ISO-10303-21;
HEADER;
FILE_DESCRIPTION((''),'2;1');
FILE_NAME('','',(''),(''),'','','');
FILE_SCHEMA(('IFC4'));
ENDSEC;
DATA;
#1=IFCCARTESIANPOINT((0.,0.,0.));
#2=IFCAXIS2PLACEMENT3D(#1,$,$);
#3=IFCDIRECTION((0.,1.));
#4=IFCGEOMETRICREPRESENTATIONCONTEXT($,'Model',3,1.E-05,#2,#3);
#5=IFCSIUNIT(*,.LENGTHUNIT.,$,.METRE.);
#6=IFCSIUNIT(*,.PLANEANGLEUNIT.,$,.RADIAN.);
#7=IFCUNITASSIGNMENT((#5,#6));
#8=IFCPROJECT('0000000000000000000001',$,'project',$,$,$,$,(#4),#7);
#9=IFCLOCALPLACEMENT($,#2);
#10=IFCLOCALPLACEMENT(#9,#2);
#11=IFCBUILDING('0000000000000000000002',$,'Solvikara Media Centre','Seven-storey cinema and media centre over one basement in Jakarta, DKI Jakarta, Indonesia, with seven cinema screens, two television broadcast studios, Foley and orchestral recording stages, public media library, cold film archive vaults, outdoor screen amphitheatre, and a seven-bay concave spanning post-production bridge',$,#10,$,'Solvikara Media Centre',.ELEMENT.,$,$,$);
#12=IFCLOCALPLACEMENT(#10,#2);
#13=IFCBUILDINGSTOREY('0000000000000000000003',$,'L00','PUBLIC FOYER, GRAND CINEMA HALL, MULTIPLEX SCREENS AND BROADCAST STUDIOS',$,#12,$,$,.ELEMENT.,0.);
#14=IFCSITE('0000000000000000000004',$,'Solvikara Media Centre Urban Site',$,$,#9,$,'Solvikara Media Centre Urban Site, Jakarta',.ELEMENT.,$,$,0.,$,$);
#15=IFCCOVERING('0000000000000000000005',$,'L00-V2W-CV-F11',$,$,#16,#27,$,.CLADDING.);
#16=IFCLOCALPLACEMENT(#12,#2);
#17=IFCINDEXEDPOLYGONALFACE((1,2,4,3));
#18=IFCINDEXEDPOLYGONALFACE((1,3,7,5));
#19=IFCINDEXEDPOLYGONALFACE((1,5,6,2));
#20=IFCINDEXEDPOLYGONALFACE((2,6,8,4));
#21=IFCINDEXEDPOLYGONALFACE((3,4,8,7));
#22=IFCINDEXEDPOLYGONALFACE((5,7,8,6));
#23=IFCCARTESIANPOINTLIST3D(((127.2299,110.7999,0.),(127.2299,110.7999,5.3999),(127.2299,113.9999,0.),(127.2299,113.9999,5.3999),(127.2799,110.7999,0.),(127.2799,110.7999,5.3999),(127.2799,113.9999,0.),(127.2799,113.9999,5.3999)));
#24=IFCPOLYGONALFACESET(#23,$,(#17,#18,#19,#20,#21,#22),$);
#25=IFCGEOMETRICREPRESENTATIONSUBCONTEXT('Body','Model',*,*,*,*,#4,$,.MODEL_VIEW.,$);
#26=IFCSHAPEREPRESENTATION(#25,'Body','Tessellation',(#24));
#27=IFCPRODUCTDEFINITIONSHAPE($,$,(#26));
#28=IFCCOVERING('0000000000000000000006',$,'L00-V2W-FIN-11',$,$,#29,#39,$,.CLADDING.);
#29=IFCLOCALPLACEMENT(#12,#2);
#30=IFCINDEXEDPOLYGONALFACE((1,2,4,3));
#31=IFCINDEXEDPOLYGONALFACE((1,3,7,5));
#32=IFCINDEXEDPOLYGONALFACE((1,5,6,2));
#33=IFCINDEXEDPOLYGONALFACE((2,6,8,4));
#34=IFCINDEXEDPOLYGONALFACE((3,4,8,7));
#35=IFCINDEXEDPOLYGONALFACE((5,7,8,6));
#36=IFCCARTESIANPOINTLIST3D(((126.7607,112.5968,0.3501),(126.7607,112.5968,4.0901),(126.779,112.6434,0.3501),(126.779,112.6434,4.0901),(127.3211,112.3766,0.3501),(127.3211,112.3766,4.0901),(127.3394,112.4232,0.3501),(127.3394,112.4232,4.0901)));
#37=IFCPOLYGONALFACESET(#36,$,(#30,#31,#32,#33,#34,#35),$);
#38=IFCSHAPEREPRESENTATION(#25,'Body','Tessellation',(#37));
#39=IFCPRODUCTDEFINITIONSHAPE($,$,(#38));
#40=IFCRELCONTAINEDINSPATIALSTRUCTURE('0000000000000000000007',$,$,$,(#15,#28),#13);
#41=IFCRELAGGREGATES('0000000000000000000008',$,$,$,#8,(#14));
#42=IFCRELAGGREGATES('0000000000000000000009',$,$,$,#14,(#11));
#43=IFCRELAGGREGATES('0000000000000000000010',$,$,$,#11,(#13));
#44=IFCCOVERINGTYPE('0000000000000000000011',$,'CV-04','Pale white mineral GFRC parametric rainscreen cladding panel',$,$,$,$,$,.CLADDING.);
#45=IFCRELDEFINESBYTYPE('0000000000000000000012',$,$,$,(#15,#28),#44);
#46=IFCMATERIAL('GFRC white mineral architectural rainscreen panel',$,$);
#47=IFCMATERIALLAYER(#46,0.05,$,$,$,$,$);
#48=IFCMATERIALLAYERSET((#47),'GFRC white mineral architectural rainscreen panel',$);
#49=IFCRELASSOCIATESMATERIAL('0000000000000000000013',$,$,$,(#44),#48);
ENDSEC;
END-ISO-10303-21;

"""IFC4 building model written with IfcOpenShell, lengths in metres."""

from ifc_helpers import new_model, si_unit, direction, frame, origin, origin_2d, place, context, subcontext, project, spatial, rectangle, extrude, material, layer, layer_set, type_object, element, save


model = new_model("IFC4")

# Units and contexts
model_context = context("Model", 3, precision=1e-05, world=origin(), true_north=direction((0.0, 1.0)))
body_context = subcontext(model_context, "Body", "Model", "MODEL_VIEW")
ifc_project = project(units=[si_unit("LENGTHUNIT", "METRE"), si_unit("PLANEANGLEUNIT", "RADIAN")], contexts=[model_context])

# Site, building, storey
site_placement = place(None, origin())
site = spatial("IfcSite", under=ifc_project, at=site_placement, Name="Solvikara Media Centre Urban Site", LongName="Solvikara Media Centre Urban Site, Jakarta", CompositionType="ELEMENT", RefElevation=0.0)
building_placement = place(site_placement, origin())
building = spatial("IfcBuilding", under=site, at=building_placement, Name="Solvikara Media Centre", Description="Seven-storey cinema and media centre over one basement in Jakarta, DKI Jakarta, Indonesia, with seven cinema screens, two television broadcast studios, Foley and orchestral recording stages, public media library, cold film archive vaults, outdoor screen amphitheatre, and a seven-bay concave spanning post-production bridge", LongName="Solvikara Media Centre", CompositionType="ELEMENT")
storey_placement = place(building_placement, origin())
storey = spatial("IfcBuildingStorey", under=building, at=storey_placement, Name="L00", Description="PUBLIC FOYER, GRAND CINEMA HALL, MULTIPLEX SCREENS AND BROADCAST STUDIOS", CompositionType="ELEMENT", Elevation=0.0)

# Coverings
ifc_material_1 = material(Name="GFRC white mineral architectural rainscreen panel")
ifc_layer_1 = layer(ifc_material_1, 0.05)
ifc_layer_set_1 = layer_set([ifc_layer_1], Name="GFRC white mineral architectural rainscreen panel")
covering_type = type_object("IfcCoveringType", Name="CV-04", Description="Pale white mineral GFRC parametric rainscreen cladding panel", PredefinedType="CLADDING", material=ifc_layer_set_1)
covering_1_placement = place(storey_placement, frame((127.2549, 112.3999, 0.0), z_axis=(0.0, 0.0, 1.0), x_axis=(0.0, 1.0, 0.0)))
element("IfcCovering", 1, at=covering_1_placement, inside=storey, type_object=covering_type, Name="L00-V2W-CV-F11", PredefinedType="CLADDING", context=body_context, shape_type="SweptSolid", body=[
    extrude(rectangle(XDim=3.2, YDim=0.05, at=origin_2d()), origin(), (0.0, 0.0, 1.0), 5.3999),
])
covering_2_placement = place(storey_placement, frame((127.05, 112.51, 0.3501), z_axis=(0.0, 0.0, 1.0), x_axis=(-0.93075, 0.365657, 0.0)))
element("IfcCovering", 2, at=covering_2_placement, inside=storey, type_object=covering_type, Name="L00-V2W-FIN-11", PredefinedType="CLADDING", context=body_context, shape_type="SweptSolid", body=[
    extrude(rectangle(XDim=0.6021, YDim=0.05, at=origin_2d()), origin(), (0.0, 0.0, 1.0), 3.74),
])

save(model, "model.ifc")
